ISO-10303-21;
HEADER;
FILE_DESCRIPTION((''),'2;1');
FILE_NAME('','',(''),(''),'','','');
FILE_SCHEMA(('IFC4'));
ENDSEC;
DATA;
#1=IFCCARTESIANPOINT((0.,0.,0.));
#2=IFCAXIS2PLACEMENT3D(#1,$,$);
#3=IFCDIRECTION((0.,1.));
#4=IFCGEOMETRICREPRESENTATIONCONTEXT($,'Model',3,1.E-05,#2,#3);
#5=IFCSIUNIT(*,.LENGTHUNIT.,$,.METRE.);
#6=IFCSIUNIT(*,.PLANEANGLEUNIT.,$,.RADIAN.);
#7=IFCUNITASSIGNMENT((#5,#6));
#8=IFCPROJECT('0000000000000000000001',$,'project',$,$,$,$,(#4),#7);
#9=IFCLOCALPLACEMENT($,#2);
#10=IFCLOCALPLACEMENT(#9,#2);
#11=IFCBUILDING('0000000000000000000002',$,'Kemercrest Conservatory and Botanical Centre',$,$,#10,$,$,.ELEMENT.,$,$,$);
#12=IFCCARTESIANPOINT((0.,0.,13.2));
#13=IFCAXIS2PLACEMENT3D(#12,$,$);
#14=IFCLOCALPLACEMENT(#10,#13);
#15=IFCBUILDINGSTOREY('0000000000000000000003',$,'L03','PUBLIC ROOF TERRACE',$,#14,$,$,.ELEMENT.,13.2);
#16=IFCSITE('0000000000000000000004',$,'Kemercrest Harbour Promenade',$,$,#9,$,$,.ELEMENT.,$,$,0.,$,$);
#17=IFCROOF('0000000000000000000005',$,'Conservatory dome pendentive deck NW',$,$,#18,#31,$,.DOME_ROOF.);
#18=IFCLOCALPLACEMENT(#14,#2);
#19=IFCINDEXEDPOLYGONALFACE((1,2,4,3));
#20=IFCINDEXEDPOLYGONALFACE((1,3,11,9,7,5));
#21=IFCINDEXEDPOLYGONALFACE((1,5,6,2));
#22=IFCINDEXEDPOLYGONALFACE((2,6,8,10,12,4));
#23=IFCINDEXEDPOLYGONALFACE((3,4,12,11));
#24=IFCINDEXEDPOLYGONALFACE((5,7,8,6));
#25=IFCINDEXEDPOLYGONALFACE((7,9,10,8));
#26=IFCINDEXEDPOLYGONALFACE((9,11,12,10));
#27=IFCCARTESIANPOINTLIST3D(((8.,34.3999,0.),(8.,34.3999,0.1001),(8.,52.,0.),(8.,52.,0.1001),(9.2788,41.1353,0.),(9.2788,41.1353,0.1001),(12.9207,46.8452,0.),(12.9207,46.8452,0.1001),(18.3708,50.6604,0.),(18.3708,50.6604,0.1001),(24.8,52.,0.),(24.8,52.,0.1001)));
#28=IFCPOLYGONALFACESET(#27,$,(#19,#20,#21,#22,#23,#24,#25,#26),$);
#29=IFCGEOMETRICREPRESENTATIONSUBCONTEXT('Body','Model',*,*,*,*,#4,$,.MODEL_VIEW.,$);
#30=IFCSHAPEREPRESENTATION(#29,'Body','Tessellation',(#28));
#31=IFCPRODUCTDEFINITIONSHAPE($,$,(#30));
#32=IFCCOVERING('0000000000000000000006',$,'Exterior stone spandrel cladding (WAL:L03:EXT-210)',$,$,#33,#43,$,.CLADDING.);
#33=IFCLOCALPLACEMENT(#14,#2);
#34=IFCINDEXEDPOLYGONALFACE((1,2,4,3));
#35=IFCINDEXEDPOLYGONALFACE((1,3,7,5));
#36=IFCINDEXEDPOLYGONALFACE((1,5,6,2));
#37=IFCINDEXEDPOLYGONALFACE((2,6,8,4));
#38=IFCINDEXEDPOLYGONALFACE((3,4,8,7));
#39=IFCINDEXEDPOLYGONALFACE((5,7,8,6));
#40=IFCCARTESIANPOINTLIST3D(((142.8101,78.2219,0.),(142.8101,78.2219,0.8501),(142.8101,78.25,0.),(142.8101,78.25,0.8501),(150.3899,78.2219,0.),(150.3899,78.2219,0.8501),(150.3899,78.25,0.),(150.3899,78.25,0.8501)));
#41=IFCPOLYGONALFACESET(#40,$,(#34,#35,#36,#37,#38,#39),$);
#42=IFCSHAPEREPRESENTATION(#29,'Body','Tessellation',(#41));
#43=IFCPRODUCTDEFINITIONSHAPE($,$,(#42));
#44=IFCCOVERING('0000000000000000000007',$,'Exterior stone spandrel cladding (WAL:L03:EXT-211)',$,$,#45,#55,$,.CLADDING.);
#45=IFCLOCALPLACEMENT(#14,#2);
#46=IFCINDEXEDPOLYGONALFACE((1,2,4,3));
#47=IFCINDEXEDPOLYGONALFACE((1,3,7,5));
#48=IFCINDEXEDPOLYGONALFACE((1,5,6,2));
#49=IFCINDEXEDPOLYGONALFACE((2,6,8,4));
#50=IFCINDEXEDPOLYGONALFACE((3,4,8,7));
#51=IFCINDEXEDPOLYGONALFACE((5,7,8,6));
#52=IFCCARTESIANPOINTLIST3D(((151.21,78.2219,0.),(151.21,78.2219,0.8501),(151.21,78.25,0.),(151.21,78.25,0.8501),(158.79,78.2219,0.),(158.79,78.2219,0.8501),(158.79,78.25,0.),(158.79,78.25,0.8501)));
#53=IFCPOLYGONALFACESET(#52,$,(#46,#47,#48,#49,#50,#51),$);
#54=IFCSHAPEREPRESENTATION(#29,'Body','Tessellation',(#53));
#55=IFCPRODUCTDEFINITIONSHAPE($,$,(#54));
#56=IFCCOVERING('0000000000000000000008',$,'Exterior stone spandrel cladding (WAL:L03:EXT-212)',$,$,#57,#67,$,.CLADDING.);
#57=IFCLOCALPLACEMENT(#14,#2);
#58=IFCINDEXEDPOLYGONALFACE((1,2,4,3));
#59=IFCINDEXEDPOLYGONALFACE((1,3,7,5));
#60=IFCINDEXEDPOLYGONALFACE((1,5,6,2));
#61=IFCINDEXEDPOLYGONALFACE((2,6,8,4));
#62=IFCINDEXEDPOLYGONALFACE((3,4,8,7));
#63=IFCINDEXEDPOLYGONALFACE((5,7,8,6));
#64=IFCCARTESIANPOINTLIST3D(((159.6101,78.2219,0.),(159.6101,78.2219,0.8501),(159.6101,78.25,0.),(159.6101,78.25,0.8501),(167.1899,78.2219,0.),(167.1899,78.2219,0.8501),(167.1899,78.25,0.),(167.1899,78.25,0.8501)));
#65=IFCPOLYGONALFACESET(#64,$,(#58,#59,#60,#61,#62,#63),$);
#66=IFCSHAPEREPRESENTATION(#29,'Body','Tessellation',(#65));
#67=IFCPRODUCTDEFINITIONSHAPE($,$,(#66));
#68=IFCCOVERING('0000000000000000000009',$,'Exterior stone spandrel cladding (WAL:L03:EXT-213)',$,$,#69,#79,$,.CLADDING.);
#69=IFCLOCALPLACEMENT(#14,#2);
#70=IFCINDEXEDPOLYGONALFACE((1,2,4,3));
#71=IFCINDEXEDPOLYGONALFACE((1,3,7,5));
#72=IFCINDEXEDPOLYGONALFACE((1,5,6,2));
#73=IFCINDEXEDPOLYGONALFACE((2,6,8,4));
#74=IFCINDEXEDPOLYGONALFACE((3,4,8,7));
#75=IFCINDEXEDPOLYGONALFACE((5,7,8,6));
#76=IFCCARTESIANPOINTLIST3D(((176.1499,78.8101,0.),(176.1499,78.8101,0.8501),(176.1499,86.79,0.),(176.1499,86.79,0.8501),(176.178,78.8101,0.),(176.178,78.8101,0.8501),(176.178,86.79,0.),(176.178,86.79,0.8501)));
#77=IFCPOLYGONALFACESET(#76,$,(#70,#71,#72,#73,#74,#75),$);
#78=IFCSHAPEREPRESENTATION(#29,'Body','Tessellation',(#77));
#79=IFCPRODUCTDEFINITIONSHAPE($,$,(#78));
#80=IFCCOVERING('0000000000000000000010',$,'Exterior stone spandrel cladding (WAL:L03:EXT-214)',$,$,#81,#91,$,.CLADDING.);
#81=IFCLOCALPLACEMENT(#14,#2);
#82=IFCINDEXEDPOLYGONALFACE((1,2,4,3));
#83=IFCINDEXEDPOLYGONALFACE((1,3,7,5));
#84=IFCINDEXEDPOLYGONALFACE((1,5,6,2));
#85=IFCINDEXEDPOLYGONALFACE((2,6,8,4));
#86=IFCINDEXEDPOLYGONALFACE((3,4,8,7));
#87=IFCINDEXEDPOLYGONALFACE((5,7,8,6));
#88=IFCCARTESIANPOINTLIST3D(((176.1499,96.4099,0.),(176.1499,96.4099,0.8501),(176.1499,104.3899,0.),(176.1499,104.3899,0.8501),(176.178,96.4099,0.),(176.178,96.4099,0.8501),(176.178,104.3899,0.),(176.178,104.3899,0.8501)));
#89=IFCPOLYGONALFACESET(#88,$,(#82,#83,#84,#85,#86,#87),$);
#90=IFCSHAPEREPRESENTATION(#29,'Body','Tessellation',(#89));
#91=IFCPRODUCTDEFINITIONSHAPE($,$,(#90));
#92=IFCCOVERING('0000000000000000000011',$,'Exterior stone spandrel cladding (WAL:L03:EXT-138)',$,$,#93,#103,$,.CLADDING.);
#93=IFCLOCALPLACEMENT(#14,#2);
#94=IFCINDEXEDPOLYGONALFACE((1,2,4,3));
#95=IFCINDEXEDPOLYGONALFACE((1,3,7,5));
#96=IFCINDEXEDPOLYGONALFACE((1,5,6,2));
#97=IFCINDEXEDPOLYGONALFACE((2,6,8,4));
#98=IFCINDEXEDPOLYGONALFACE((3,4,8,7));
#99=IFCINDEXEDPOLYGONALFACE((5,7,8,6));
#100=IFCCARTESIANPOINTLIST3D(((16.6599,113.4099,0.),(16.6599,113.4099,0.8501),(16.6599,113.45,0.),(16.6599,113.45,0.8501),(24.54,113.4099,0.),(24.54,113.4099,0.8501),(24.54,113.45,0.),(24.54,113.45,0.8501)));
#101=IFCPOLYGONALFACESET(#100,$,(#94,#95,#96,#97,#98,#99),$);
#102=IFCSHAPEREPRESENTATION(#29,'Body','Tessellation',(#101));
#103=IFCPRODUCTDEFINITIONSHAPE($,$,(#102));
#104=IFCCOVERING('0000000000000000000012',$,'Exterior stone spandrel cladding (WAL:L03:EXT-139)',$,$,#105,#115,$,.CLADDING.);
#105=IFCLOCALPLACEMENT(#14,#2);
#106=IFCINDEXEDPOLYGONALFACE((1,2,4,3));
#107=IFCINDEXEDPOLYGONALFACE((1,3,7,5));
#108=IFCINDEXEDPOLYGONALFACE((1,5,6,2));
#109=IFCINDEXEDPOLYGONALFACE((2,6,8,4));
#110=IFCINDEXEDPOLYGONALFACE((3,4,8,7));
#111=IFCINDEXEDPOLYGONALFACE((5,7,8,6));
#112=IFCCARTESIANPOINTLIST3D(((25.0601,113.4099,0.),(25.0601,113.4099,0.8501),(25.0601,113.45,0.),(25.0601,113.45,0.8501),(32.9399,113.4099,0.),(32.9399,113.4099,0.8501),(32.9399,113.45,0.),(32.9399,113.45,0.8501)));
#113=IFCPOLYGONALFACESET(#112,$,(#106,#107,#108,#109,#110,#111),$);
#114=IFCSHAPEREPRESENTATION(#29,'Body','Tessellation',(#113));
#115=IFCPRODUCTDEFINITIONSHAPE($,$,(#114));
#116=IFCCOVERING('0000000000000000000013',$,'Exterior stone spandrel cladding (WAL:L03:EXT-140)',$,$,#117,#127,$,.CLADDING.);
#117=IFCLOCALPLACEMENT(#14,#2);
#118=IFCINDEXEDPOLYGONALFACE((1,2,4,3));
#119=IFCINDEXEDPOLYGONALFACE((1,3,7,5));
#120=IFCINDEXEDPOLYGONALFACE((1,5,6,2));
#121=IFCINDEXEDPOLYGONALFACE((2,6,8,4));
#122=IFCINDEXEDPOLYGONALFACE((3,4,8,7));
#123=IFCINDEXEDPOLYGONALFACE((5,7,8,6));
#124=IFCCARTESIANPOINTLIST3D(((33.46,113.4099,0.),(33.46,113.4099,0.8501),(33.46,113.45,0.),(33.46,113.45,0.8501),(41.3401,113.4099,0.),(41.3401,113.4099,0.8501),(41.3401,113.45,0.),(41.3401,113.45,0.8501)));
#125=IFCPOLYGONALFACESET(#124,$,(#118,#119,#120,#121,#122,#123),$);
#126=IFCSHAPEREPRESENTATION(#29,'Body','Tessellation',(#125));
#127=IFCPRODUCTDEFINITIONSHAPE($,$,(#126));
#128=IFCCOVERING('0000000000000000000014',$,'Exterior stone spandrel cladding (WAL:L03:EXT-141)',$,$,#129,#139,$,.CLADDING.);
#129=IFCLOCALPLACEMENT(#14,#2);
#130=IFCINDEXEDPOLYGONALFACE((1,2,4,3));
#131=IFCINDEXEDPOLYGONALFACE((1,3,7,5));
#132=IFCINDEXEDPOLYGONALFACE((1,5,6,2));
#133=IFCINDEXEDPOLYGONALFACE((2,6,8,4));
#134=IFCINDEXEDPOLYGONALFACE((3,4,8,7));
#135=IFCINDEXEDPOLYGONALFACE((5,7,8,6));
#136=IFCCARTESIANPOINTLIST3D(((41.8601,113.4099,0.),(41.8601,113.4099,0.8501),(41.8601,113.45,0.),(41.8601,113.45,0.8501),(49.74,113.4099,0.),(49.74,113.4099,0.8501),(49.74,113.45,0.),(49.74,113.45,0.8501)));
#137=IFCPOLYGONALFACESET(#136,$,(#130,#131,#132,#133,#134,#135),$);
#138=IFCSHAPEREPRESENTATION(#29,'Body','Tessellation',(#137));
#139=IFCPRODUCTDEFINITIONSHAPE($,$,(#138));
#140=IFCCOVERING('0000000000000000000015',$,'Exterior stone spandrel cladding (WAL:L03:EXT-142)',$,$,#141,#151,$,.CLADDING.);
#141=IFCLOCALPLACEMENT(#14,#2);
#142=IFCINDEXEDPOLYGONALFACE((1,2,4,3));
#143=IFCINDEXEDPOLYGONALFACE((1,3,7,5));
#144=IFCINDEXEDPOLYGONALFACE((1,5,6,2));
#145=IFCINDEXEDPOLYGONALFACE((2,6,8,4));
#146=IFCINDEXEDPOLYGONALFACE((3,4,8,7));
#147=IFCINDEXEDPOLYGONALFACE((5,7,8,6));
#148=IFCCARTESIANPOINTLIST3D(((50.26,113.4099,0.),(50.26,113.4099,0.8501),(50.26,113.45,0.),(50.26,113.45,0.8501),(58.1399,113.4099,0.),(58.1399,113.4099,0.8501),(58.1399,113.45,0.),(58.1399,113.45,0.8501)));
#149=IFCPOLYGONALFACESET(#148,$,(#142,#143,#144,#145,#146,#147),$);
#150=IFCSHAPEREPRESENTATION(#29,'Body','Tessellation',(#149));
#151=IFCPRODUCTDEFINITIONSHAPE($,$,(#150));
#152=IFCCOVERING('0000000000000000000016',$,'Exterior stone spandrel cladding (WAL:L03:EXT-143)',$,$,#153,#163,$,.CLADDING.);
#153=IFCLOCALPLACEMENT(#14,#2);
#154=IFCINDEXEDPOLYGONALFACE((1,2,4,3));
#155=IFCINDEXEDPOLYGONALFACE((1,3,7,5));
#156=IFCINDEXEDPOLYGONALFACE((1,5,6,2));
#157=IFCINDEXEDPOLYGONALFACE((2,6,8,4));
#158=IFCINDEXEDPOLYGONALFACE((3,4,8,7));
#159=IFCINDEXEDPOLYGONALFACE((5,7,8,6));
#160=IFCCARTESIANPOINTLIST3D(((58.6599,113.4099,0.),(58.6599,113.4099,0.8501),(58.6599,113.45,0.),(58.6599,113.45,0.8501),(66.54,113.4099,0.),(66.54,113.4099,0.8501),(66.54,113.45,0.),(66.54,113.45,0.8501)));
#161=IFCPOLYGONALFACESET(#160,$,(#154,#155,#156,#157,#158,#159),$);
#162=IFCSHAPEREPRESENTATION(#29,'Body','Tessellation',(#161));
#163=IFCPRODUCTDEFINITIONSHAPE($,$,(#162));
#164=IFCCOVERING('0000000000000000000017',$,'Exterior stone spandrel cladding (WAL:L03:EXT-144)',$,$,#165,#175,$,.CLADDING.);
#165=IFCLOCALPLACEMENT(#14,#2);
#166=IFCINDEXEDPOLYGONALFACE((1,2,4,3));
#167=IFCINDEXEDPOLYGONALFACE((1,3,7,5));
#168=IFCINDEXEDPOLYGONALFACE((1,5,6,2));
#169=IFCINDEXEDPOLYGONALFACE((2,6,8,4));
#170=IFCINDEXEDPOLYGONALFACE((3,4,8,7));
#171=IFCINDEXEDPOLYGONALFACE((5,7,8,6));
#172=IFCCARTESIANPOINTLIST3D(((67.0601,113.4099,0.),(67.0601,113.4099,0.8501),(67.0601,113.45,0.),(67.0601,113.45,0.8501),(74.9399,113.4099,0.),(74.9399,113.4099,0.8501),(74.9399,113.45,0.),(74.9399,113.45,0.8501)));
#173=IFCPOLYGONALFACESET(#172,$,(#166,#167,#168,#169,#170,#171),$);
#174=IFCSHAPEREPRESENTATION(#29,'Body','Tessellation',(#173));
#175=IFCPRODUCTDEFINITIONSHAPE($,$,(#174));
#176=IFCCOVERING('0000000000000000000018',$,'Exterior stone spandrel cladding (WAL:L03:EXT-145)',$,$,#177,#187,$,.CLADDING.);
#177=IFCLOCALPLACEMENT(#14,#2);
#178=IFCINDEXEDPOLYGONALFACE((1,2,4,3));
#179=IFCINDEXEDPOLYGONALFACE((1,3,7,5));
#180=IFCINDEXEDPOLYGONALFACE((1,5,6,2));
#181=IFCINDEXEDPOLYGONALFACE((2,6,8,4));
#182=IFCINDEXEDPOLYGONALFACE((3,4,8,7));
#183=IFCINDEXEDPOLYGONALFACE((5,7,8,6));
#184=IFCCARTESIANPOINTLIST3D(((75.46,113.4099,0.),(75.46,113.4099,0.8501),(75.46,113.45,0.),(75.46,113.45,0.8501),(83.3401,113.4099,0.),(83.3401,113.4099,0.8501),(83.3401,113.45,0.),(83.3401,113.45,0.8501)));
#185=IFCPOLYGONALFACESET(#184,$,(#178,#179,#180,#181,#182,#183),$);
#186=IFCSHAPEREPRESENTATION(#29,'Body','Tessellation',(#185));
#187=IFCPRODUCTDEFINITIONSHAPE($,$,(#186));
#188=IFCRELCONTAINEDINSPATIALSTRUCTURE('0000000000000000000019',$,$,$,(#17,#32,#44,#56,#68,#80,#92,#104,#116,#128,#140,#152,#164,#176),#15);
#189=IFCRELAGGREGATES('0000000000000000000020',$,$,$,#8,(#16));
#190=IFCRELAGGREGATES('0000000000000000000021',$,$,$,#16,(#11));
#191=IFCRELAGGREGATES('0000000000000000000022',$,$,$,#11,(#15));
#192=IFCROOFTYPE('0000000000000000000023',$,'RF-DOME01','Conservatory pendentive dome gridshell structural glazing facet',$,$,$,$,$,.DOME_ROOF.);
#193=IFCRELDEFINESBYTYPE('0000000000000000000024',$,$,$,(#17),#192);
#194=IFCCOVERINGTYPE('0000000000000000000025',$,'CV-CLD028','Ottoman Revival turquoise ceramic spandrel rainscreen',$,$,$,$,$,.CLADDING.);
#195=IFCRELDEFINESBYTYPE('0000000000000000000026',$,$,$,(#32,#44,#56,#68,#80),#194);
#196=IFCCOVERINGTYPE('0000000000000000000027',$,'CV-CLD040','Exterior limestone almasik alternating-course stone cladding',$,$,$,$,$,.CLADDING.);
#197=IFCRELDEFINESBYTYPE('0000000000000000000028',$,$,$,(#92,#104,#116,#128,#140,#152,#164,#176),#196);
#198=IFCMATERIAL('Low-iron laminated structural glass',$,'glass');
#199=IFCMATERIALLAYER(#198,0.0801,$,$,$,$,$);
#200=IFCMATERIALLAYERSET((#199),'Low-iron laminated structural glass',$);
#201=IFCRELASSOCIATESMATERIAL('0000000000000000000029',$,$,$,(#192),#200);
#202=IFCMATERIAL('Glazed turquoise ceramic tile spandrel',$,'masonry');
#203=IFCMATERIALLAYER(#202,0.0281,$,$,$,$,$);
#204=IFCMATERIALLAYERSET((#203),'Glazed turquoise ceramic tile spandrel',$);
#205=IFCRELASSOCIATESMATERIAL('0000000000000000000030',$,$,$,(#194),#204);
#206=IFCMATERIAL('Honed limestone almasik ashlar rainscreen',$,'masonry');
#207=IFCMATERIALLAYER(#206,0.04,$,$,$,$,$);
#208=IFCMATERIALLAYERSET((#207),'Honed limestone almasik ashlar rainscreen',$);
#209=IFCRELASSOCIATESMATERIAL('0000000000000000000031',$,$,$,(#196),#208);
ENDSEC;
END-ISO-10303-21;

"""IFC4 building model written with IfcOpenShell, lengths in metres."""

from ifc_helpers import new_model, si_unit, direction, frame, origin, place, context, subcontext, project, spatial, polyline, outline, extrude, material, layer, layer_set, type_object, element, save


model = new_model("IFC4")

# Units and contexts
model_context = context("Model", 3, precision=1e-05, world=origin(), true_north=direction((0.0, 1.0)))
body_context = subcontext(model_context, "Body", "Model", "MODEL_VIEW")
ifc_project = project(units=[si_unit("LENGTHUNIT", "METRE"), si_unit("PLANEANGLEUNIT", "RADIAN")], contexts=[model_context])

# Site, building, storey
site_placement = place(None, origin())
site = spatial("IfcSite", under=ifc_project, at=site_placement, Name="Kemercrest Harbour Promenade", CompositionType="ELEMENT", RefElevation=0.0)
building_placement = place(site_placement, origin())
building = spatial("IfcBuilding", under=site, at=building_placement, Name="Kemercrest Conservatory and Botanical Centre", CompositionType="ELEMENT")
storey_placement = place(building_placement, frame((0.0, 0.0, 13.2)))
storey = spatial("IfcBuildingStorey", under=building, at=storey_placement, Name="L03", Description="PUBLIC ROOF TERRACE", CompositionType="ELEMENT", Elevation=13.2)

# Roof
ifc_material_1 = material(Name="Low-iron laminated structural glass", Category="glass")
ifc_layer_1 = layer(ifc_material_1, 0.0801)
ifc_layer_set_1 = layer_set([ifc_layer_1], Name="Low-iron laminated structural glass")
roof_type = type_object("IfcRoofType", Name="RF-DOME01", Description="Conservatory pendentive dome gridshell structural glazing facet", PredefinedType="DOME_ROOF", material=ifc_layer_set_1)
roof_1_placement = place(storey_placement, origin())
element("IfcRoof", 1, at=roof_1_placement, inside=storey, type_object=roof_type, Name="Conservatory dome pendentive deck NW", PredefinedType="DOME_ROOF", context=body_context, shape_type="SweptSolid", body=[
    extrude(outline(polyline([(8.0, 52.0), (24.8, 52.0), (18.3708, 50.6604), (12.9207, 46.8452), (9.2788, 41.1353), (8.0, 34.3999), (8.0, 52.0)])), origin(), (0.0, 0.0, 1.0), 0.1001),
])

# Coverings
ifc_material_2 = material(Name="Glazed turquoise ceramic tile spandrel", Category="masonry")
ifc_layer_2 = layer(ifc_material_2, 0.0281)
ifc_layer_set_2 = layer_set([ifc_layer_2], Name="Glazed turquoise ceramic tile spandrel")
covering_type_1 = type_object("IfcCoveringType", Name="CV-CLD028", Description="Ottoman Revival turquoise ceramic spandrel rainscreen", PredefinedType="CLADDING", material=ifc_layer_set_2)
covering_1_placement = place(storey_placement, origin())
element("IfcCovering", 2, at=covering_1_placement, inside=storey, type_object=covering_type_1, Name="Exterior stone spandrel cladding (WAL:L03:EXT-210)", PredefinedType="CLADDING", context=body_context, shape_type="SweptSolid", body=[
    extrude(outline(polyline([(142.8101, 78.25), (142.8101, 78.2219), (150.3899, 78.2219), (150.3899, 78.25), (142.8101, 78.25)])), origin(), (0.0, 0.0, 1.0), 0.8501),
])
covering_2_placement = place(storey_placement, origin())
element("IfcCovering", 3, at=covering_2_placement, inside=storey, type_object=covering_type_1, Name="Exterior stone spandrel cladding (WAL:L03:EXT-211)", PredefinedType="CLADDING", context=body_context, shape_type="SweptSolid", body=[
    extrude(outline(polyline([(151.21, 78.25), (151.21, 78.2219), (158.79, 78.2219), (158.79, 78.25), (151.21, 78.25)])), origin(), (0.0, 0.0, 1.0), 0.8501),
])
covering_3_placement = place(storey_placement, origin())
element("IfcCovering", 4, at=covering_3_placement, inside=storey, type_object=covering_type_1, Name="Exterior stone spandrel cladding (WAL:L03:EXT-212)", PredefinedType="CLADDING", context=body_context, shape_type="SweptSolid", body=[
    extrude(outline(polyline([(159.6101, 78.25), (159.6101, 78.2219), (167.1899, 78.2219), (167.1899, 78.25), (159.6101, 78.25)])), origin(), (0.0, 0.0, 1.0), 0.8501),
])
covering_4_placement = place(storey_placement, origin())
element("IfcCovering", 5, at=covering_4_placement, inside=storey, type_object=covering_type_1, Name="Exterior stone spandrel cladding (WAL:L03:EXT-213)", PredefinedType="CLADDING", context=body_context, shape_type="SweptSolid", body=[
    extrude(outline(polyline([(176.1499, 78.8101), (176.178, 78.8101), (176.178, 86.79), (176.1499, 86.79), (176.1499, 78.8101)])), origin(), (0.0, 0.0, 1.0), 0.8501),
])
covering_5_placement = place(storey_placement, origin())
element("IfcCovering", 6, at=covering_5_placement, inside=storey, type_object=covering_type_1, Name="Exterior stone spandrel cladding (WAL:L03:EXT-214)", PredefinedType="CLADDING", context=body_context, shape_type="SweptSolid", body=[
    extrude(outline(polyline([(176.1499, 96.4099), (176.178, 96.4099), (176.178, 104.3899), (176.1499, 104.3899), (176.1499, 96.4099)])), origin(), (0.0, 0.0, 1.0), 0.8501),
])
ifc_material_3 = material(Name="Honed limestone almasik ashlar rainscreen", Category="masonry")
ifc_layer_3 = layer(ifc_material_3, 0.04)
ifc_layer_set_3 = layer_set([ifc_layer_3], Name="Honed limestone almasik ashlar rainscreen")
covering_type_2 = type_object("IfcCoveringType", Name="CV-CLD040", Description="Exterior limestone almasik alternating-course stone cladding", PredefinedType="CLADDING", material=ifc_layer_set_3)
covering_6_placement = place(storey_placement, origin())
element("IfcCovering", 7, at=covering_6_placement, inside=storey, type_object=covering_type_2, Name="Exterior stone spandrel cladding (WAL:L03:EXT-138)", PredefinedType="CLADDING", context=body_context, shape_type="SweptSolid", body=[
    extrude(outline(polyline([(16.6599, 113.45), (16.6599, 113.4099), (24.54, 113.4099), (24.54, 113.45), (16.6599, 113.45)])), origin(), (0.0, 0.0, 1.0), 0.8501),
])
covering_7_placement = place(storey_placement, origin())
element("IfcCovering", 8, at=covering_7_placement, inside=storey, type_object=covering_type_2, Name="Exterior stone spandrel cladding (WAL:L03:EXT-139)", PredefinedType="CLADDING", context=body_context, shape_type="SweptSolid", body=[
    extrude(outline(polyline([(25.0601, 113.45), (25.0601, 113.4099), (32.9399, 113.4099), (32.9399, 113.45), (25.0601, 113.45)])), origin(), (0.0, 0.0, 1.0), 0.8501),
])
covering_8_placement = place(storey_placement, origin())
element("IfcCovering", 9, at=covering_8_placement, inside=storey, type_object=covering_type_2, Name="Exterior stone spandrel cladding (WAL:L03:EXT-140)", PredefinedType="CLADDING", context=body_context, shape_type="SweptSolid", body=[
    extrude(outline(polyline([(33.46, 113.45), (33.46, 113.4099), (41.3401, 113.4099), (41.3401, 113.45), (33.46, 113.45)])), origin(), (0.0, 0.0, 1.0), 0.8501),
])
covering_9_placement = place(storey_placement, origin())
element("IfcCovering", 10, at=covering_9_placement, inside=storey, type_object=covering_type_2, Name="Exterior stone spandrel cladding (WAL:L03:EXT-141)", PredefinedType="CLADDING", context=body_context, shape_type="SweptSolid", body=[
    extrude(outline(polyline([(41.8601, 113.45), (41.8601, 113.4099), (49.74, 113.4099), (49.74, 113.45), (41.8601, 113.45)])), origin(), (0.0, 0.0, 1.0), 0.8501),
])
covering_10_placement = place(storey_placement, origin())
element("IfcCovering", 11, at=covering_10_placement, inside=storey, type_object=covering_type_2, Name="Exterior stone spandrel cladding (WAL:L03:EXT-142)", PredefinedType="CLADDING", context=body_context, shape_type="SweptSolid", body=[
    extrude(outline(polyline([(50.26, 113.45), (50.26, 113.4099), (58.1399, 113.4099), (58.1399, 113.45), (50.26, 113.45)])), origin(), (0.0, 0.0, 1.0), 0.8501),
])
covering_11_placement = place(storey_placement, origin())
element("IfcCovering", 12, at=covering_11_placement, inside=storey, type_object=covering_type_2, Name="Exterior stone spandrel cladding (WAL:L03:EXT-143)", PredefinedType="CLADDING", context=body_context, shape_type="SweptSolid", body=[
    extrude(outline(polyline([(58.6599, 113.45), (58.6599, 113.4099), (66.54, 113.4099), (66.54, 113.45), (58.6599, 113.45)])), origin(), (0.0, 0.0, 1.0), 0.8501),
])
covering_12_placement = place(storey_placement, origin())
element("IfcCovering", 13, at=covering_12_placement, inside=storey, type_object=covering_type_2, Name="Exterior stone spandrel cladding (WAL:L03:EXT-144)", PredefinedType="CLADDING", context=body_context, shape_type="SweptSolid", body=[
    extrude(outline(polyline([(67.0601, 113.45), (67.0601, 113.4099), (74.9399, 113.4099), (74.9399, 113.45), (67.0601, 113.45)])), origin(), (0.0, 0.0, 1.0), 0.8501),
])
covering_13_placement = place(storey_placement, origin())
element("IfcCovering", 14, at=covering_13_placement, inside=storey, type_object=covering_type_2, Name="Exterior stone spandrel cladding (WAL:L03:EXT-145)", PredefinedType="CLADDING", context=body_context, shape_type="SweptSolid", body=[
    extrude(outline(polyline([(75.46, 113.45), (75.46, 113.4099), (83.3401, 113.4099), (83.3401, 113.45), (75.46, 113.45)])), origin(), (0.0, 0.0, 1.0), 0.8501),
])

save(model, "model.ifc")
